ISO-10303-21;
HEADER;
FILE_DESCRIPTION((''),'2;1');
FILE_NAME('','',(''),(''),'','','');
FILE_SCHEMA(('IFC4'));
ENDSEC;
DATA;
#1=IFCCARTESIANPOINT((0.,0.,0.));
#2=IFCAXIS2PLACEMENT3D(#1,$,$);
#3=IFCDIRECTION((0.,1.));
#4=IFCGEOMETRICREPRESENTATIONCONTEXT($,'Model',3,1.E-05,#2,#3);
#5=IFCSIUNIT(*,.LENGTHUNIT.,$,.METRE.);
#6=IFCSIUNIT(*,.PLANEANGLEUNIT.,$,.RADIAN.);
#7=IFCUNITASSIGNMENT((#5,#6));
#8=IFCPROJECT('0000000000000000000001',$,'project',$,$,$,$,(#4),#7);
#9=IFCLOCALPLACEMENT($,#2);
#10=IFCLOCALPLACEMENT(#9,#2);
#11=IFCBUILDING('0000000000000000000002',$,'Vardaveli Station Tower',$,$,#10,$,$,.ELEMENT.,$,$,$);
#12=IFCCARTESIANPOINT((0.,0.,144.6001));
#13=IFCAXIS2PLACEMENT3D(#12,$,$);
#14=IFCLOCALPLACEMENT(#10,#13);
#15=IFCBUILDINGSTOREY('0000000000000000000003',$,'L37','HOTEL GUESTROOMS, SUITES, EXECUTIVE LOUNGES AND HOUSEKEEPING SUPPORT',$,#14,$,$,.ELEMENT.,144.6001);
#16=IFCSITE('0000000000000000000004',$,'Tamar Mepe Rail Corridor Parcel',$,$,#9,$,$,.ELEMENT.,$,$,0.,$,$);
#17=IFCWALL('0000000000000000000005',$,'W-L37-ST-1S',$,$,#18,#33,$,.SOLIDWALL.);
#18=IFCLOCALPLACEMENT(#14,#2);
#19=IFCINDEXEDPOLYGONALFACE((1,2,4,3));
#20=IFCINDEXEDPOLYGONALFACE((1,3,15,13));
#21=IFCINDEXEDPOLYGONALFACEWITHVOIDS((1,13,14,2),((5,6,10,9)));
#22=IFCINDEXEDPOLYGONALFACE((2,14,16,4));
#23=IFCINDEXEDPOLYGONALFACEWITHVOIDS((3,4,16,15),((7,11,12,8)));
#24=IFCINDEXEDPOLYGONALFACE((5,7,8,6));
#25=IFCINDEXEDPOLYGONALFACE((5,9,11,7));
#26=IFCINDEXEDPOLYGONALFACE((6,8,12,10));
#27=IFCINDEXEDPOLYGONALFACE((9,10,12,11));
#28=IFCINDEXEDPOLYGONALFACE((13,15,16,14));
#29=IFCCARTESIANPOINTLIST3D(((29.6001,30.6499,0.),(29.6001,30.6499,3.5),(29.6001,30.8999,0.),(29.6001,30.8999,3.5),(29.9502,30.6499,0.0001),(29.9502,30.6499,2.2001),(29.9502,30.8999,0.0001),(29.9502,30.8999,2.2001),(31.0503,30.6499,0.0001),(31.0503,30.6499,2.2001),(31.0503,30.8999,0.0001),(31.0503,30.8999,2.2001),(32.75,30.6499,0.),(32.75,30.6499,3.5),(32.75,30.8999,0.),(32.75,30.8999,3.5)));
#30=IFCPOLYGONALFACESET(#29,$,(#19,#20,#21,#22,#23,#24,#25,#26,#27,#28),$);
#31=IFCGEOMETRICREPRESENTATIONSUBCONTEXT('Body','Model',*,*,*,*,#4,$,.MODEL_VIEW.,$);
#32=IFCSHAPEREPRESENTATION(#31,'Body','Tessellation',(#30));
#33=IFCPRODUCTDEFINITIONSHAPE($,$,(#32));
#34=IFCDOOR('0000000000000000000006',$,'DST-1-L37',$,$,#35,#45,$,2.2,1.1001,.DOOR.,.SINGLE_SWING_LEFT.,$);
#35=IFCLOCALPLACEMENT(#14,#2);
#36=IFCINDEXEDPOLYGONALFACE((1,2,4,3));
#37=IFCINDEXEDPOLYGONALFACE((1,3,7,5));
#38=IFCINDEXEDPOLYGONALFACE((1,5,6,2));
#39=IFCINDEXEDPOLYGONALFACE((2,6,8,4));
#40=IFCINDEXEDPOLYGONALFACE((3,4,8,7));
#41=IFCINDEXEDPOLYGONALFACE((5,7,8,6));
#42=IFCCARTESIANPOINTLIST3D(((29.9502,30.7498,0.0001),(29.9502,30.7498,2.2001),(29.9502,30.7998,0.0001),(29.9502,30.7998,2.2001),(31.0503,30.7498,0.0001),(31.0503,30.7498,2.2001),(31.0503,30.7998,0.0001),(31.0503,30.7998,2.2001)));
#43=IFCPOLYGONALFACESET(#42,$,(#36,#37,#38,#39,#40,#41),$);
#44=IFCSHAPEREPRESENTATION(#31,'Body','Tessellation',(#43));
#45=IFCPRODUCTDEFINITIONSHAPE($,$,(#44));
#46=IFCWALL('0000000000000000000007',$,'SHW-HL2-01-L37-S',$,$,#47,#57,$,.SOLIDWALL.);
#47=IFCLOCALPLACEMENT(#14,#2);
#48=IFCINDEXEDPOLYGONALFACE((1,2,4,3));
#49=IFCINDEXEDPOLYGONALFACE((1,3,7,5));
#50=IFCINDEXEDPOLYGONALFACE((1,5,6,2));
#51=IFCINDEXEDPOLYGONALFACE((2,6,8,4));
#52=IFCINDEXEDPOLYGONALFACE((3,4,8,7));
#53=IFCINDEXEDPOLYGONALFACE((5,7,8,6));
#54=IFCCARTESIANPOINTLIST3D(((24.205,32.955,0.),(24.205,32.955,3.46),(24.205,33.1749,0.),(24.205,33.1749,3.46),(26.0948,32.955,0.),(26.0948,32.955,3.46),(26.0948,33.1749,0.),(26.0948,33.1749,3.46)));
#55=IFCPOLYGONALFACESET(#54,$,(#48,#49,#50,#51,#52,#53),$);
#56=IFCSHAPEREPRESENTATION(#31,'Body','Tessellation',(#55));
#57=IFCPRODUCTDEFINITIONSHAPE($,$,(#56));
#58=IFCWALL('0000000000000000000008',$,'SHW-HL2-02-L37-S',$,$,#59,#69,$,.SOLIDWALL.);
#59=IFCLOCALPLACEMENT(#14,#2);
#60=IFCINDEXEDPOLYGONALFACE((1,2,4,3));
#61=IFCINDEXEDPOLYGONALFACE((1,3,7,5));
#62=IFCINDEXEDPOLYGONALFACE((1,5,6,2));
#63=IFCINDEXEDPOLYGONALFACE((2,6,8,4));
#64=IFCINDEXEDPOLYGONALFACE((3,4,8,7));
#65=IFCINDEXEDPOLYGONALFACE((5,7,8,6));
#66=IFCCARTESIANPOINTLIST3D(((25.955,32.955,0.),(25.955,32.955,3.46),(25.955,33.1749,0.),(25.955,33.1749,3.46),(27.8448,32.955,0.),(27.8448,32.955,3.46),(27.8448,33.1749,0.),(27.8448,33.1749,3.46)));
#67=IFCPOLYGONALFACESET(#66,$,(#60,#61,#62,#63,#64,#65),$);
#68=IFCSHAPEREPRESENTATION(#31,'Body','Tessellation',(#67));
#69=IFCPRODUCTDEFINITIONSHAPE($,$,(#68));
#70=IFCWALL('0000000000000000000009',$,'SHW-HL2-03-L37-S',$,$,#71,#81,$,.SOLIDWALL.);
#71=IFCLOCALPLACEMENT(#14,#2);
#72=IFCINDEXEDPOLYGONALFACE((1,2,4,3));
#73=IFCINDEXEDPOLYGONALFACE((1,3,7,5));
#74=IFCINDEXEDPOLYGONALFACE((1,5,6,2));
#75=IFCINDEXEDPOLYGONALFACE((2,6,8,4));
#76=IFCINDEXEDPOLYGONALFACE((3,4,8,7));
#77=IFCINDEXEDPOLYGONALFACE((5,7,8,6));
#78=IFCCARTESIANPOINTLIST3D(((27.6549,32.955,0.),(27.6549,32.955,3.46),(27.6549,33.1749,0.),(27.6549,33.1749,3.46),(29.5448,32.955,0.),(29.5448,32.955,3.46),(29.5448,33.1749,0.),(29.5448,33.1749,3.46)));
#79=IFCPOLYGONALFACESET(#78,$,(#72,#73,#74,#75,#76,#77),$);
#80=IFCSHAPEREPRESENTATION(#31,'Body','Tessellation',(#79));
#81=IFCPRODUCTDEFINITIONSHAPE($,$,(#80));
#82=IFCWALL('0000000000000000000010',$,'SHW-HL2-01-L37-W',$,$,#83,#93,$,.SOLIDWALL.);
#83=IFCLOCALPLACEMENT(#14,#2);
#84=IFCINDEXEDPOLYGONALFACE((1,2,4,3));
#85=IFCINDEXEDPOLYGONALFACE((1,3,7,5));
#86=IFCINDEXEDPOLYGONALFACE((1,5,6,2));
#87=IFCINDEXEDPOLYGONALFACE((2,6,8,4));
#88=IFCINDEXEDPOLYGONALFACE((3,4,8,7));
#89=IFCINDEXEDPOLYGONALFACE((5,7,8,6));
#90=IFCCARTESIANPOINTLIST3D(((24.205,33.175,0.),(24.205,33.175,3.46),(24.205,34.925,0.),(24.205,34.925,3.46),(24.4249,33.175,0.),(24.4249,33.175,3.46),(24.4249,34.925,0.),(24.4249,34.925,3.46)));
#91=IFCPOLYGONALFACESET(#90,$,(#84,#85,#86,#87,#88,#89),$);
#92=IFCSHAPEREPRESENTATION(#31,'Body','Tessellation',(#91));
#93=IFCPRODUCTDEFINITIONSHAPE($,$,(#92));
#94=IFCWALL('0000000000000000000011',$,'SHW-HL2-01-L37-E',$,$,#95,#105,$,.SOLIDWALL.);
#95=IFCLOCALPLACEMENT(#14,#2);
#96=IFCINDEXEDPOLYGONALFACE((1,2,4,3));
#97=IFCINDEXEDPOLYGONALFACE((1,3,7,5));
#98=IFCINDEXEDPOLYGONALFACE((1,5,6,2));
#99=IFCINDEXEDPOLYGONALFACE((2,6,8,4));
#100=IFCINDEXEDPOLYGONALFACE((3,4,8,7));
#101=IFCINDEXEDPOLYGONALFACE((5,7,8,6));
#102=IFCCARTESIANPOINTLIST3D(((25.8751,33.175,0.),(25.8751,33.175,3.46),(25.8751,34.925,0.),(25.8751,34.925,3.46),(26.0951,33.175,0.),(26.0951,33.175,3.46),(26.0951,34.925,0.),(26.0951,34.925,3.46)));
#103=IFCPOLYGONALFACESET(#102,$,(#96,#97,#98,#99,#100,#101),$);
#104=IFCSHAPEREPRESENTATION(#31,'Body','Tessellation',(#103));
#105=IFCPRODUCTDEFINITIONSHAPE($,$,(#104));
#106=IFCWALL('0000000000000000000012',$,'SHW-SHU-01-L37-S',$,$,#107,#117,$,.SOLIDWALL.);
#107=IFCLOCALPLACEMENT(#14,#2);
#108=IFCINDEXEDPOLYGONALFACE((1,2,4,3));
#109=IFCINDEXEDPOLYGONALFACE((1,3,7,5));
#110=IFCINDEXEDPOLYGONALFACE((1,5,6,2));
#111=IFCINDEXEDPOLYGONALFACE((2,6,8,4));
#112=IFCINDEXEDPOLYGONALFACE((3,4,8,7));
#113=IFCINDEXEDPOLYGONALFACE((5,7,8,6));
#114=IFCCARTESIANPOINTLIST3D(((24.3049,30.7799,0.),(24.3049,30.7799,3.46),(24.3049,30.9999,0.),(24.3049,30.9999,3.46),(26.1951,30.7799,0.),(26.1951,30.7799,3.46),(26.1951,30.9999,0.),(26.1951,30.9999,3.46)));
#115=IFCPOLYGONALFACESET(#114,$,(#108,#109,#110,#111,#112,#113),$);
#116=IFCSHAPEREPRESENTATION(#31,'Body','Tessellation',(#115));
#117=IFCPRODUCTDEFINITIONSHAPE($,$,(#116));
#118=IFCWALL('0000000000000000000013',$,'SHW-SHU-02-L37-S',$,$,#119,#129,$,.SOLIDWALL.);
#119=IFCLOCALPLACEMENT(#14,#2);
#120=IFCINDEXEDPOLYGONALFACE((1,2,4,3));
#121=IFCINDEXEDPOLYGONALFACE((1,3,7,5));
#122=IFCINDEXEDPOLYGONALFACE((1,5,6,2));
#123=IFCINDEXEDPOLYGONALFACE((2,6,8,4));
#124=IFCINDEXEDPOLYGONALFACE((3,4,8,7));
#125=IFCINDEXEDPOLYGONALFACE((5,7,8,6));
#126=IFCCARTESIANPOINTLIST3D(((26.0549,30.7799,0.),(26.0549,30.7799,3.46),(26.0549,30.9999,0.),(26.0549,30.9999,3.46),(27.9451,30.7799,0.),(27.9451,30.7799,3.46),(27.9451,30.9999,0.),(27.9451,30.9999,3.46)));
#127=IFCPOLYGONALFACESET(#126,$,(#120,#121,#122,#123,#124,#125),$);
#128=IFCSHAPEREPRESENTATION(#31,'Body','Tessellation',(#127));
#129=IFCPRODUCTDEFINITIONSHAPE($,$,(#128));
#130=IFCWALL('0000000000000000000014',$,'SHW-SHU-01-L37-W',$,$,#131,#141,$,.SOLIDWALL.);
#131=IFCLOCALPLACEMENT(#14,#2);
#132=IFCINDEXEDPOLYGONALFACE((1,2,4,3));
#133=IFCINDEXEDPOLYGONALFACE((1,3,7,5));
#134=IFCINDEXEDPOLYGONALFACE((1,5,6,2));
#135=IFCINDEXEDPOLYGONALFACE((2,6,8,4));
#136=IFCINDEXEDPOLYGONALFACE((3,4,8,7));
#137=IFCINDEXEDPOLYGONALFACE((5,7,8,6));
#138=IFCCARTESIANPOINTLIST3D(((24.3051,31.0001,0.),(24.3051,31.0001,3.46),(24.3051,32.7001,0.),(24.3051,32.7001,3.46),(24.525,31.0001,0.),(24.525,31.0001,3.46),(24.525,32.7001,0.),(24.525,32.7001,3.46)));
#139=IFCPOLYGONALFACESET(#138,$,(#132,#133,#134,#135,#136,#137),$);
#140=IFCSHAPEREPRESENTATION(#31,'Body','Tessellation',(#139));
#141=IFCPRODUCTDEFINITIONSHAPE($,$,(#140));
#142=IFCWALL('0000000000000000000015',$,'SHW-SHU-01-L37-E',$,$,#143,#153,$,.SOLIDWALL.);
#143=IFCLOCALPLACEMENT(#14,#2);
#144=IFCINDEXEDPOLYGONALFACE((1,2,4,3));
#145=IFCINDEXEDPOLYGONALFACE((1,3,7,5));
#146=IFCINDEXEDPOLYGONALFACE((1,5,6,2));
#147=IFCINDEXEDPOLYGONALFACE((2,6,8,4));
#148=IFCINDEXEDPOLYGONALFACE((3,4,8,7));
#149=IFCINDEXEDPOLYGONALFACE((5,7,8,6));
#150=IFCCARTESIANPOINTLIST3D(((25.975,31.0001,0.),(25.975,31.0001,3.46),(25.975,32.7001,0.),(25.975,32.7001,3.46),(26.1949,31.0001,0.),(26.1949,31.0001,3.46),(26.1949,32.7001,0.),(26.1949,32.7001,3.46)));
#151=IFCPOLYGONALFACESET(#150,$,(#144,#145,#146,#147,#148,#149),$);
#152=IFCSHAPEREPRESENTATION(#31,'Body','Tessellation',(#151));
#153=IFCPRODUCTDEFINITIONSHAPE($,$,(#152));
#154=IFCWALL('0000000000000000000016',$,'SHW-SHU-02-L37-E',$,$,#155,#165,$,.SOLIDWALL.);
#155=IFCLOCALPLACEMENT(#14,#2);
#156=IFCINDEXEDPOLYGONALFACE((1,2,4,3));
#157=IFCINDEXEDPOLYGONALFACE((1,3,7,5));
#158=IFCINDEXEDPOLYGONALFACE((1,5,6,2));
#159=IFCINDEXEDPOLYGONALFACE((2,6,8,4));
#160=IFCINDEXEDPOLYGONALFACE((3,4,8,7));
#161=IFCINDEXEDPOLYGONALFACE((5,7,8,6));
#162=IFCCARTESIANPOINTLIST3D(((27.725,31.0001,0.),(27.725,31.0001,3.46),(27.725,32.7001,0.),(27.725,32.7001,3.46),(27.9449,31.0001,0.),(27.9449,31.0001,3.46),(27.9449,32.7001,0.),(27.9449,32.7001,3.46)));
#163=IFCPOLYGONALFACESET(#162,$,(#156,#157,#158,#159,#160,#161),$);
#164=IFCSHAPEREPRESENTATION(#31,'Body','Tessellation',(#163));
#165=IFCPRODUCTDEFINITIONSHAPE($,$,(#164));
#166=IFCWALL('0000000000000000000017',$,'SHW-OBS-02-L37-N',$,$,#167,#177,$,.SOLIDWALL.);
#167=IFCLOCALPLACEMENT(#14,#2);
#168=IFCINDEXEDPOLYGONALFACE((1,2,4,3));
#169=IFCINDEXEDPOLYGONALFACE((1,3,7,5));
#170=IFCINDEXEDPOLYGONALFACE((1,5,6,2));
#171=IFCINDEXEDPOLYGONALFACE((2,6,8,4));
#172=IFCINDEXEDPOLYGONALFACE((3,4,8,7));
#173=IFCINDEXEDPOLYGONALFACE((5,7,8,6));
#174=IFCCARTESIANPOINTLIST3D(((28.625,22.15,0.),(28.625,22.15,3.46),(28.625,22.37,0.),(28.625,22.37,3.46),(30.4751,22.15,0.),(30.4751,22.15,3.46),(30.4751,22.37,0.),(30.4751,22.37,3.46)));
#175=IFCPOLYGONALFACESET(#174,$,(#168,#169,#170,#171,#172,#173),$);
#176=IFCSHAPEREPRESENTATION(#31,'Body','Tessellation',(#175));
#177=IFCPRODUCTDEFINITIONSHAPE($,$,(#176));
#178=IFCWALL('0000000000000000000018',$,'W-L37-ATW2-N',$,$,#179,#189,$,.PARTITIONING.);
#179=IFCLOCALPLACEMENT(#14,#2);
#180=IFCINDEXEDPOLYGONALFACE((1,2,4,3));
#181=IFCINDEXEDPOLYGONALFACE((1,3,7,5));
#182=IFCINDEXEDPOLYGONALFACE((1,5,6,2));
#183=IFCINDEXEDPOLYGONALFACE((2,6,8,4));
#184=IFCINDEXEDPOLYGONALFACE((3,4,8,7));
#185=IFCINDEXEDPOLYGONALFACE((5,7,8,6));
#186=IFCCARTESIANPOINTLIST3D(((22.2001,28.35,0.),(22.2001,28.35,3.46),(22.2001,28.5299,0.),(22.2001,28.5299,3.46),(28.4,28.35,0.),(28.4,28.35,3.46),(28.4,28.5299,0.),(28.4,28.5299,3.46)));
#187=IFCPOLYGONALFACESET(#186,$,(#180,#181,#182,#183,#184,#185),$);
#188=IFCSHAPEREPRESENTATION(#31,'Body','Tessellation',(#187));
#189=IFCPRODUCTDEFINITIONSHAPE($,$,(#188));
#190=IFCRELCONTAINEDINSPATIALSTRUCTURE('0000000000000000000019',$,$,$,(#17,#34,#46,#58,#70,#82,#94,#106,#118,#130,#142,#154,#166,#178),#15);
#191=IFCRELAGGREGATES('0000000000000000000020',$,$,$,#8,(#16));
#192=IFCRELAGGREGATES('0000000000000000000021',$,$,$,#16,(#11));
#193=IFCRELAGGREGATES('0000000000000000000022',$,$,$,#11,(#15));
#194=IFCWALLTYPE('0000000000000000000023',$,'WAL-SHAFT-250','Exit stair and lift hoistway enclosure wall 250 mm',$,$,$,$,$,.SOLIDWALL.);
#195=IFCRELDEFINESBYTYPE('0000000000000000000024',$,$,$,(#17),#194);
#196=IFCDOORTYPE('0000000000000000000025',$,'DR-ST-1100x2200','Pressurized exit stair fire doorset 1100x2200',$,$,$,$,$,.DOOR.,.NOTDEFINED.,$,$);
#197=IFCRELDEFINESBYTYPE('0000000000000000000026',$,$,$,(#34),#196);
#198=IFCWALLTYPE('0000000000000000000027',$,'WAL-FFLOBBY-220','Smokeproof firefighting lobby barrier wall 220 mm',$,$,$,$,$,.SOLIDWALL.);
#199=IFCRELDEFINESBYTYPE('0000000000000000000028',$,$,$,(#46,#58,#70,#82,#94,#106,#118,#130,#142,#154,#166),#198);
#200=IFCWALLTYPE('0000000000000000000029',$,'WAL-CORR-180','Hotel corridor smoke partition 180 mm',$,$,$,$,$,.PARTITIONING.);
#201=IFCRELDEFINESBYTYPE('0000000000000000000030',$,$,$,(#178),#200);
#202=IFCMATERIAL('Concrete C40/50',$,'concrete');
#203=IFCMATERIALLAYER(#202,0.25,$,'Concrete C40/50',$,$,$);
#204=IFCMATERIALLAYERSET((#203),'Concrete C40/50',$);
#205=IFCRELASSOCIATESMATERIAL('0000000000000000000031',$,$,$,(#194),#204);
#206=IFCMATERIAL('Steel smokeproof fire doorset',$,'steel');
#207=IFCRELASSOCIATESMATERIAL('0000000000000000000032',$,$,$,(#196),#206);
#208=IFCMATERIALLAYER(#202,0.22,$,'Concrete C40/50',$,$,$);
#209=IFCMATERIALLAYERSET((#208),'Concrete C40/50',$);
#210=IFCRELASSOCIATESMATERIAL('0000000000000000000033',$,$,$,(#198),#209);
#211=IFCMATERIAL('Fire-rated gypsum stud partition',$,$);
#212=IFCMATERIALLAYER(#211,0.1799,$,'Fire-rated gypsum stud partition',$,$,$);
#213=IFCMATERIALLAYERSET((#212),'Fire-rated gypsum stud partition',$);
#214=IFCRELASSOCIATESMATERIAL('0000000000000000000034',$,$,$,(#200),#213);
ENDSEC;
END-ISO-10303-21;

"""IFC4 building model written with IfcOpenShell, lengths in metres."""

from ifc_helpers import new_model, si_unit, direction, frame, frame_2d, origin, place, context, subcontext, project, spatial, rectangle, extrude, source, transform, mapped, material, layer, layer_set, type_object, element, fill, save


model = new_model("IFC4")

# Units and contexts
model_context = context("Model", 3, precision=1e-05, world=origin(), true_north=direction((0.0, 1.0)))
body_context = subcontext(model_context, "Body", "Model", "MODEL_VIEW")
ifc_project = project(units=[si_unit("LENGTHUNIT", "METRE"), si_unit("PLANEANGLEUNIT", "RADIAN")], contexts=[model_context])

# Site, building, storey
site_placement = place(None, origin())
site = spatial("IfcSite", under=ifc_project, at=site_placement, Name="Tamar Mepe Rail Corridor Parcel", CompositionType="ELEMENT", RefElevation=0.0)
building_placement = place(site_placement, origin())
building = spatial("IfcBuilding", under=site, at=building_placement, Name="Vardaveli Station Tower", CompositionType="ELEMENT")
storey_placement = place(building_placement, frame((0.0, 0.0, 144.6001)))
storey = spatial("IfcBuildingStorey", under=building, at=storey_placement, Name="L37", Description="HOTEL GUESTROOMS, SUITES, EXECUTIVE LOUNGES AND HOUSEKEEPING SUPPORT", CompositionType="ELEMENT", Elevation=144.6001)

# Shared definitions
ifc_material_1 = material(Name="Concrete C40/50", Category="concrete")
ifc_layer_1 = layer(ifc_material_1, 0.25, Name="Concrete C40/50")
ifc_layer_set_1 = layer_set([ifc_layer_1], Name="Concrete C40/50")
wall_type_1 = type_object("IfcWallType", Name="WAL-SHAFT-250", Description="Exit stair and lift hoistway enclosure wall 250 mm", PredefinedType="SOLIDWALL", material=ifc_layer_set_1)

# Wall, opening, door
shared_shape_1 = source(origin(), body_context, "Body", "SweptSolid", [
    extrude(rectangle(XDim=3.1499, YDim=0.25, at=frame_2d((1.575, 0.0))), origin(), (0.0, 0.0, 1.0), 3.5),
])
wall_1_placement = place(storey_placement, frame((29.6001, 30.7749, 0.0), z_axis=(0.0, 0.0, 1.0), x_axis=(1.0, 0.0, 0.0)))
wall_1 = element("IfcWall", 1, at=wall_1_placement, inside=storey, type_object=wall_type_1, Name="W-L37-ST-1S", PredefinedType="SOLIDWALL", context=body_context, shape_type="MappedRepresentation", body=[
    mapped(shared_shape_1, transform((0.0, 0.0, 0.0), scale=1.0)),
])
shared_shape_2 = source(origin(), body_context, "Body", "SweptSolid", [
    extrude(rectangle(XDim=1.1001, YDim=2.2, at=frame_2d((0.55, 1.1001))), frame((0.0, 0.135, 0.0), z_axis=(0.0, -1.0, 0.0), x_axis=(1.0, 0.0, 0.0)), (0.0, 0.0, 1.0), 0.27),
])
opening_1_placement = place(wall_1_placement, frame((0.3501, 0.0, 0.0)))
opening_1 = element("IfcOpeningElement", 2, at=opening_1_placement, cuts=wall_1, PredefinedType="OPENING", context=body_context, shape_type="MappedRepresentation", body=[
    mapped(shared_shape_2, transform((0.0, 0.0, 0.0), scale=1.0)),
])
ifc_material_2 = material(Name="Steel smokeproof fire doorset", Category="steel")
door_type_1 = type_object("IfcDoorType", Name="DR-ST-1100x2200", Description="Pressurized exit stair fire doorset 1100x2200", OperationType="NOTDEFINED", PredefinedType="DOOR", material=ifc_material_2)
shared_shape_3 = source(origin(), body_context, "Body", "SweptSolid", [
    extrude(rectangle(XDim=1.1001, YDim=2.2, at=frame_2d((0.55, 1.1001))), frame((0.0, 0.0249, 0.0), z_axis=(0.0, -1.0, 0.0), x_axis=(1.0, 0.0, 0.0)), (0.0, 0.0, 1.0), 0.05),
])
door_1_placement = place(opening_1_placement, origin())
door_1 = element("IfcDoor", 3, at=door_1_placement, inside=storey, type_object=door_type_1, Name="DST-1-L37", OperationType="SINGLE_SWING_LEFT", OverallHeight=2.2, OverallWidth=1.1001, PredefinedType="DOOR", context=body_context, shape_type="MappedRepresentation", body=[
    mapped(shared_shape_3, transform((0.0, 0.0, 0.0), scale=1.0)),
])
fill(opening_1, door_1)

# Walls
ifc_layer_2 = layer(ifc_material_1, 0.22, Name="Concrete C40/50")
ifc_layer_set_2 = layer_set([ifc_layer_2], Name="Concrete C40/50")
wall_type_2 = type_object("IfcWallType", Name="WAL-FFLOBBY-220", Description="Smokeproof firefighting lobby barrier wall 220 mm", PredefinedType="SOLIDWALL", material=ifc_layer_set_2)
shared_shape_4 = source(origin(), body_context, "Body", "SweptSolid", [
    extrude(rectangle(XDim=1.8899, YDim=0.22, at=frame_2d((0.9448, 0.0))), origin(), (0.0, 0.0, 1.0), 3.46),
])
for number, where, z_axis, x_axis, name in (
    (4, (24.2051, 33.0649, 0.0), (0.0, 0.0, 1.0), (1.0, 0.0, 0.0), "SHW-HL2-01-L37-S"),
    (5, (25.9551, 33.0649, 0.0), (0.0, 0.0, 1.0), (1.0, 0.0, 0.0), "SHW-HL2-02-L37-S"),
    (6, (27.655, 33.0649, 0.0), (0.0, 0.0, 1.0), (1.0, 0.0, 0.0), "SHW-HL2-03-L37-S"),
):
    element("IfcWall", number, at=place(storey_placement, frame(where, z_axis=z_axis, x_axis=x_axis)), inside=storey, type_object=wall_type_2, Name=name, PredefinedType="SOLIDWALL", context=body_context, shape_type="MappedRepresentation", body=[
        mapped(shared_shape_4, transform((0.0, 0.0, 0.0), scale=1.0)),
    ])
shared_shape_5 = source(origin(), body_context, "Body", "SweptSolid", [
    extrude(rectangle(XDim=1.75, YDim=0.22, at=frame_2d((0.875, 0.0))), origin(), (0.0, 0.0, 1.0), 3.46),
])
for number, where, z_axis, x_axis, name in (
    (7, (24.3149, 33.175, 0.0), (0.0, 0.0, 1.0), (0.0, 1.0, 0.0), "SHW-HL2-01-L37-W"),
    (8, (25.9851, 33.175, 0.0), (0.0, 0.0, 1.0), (0.0, 1.0, 0.0), "SHW-HL2-01-L37-E"),
):
    element("IfcWall", number, at=place(storey_placement, frame(where, z_axis=z_axis, x_axis=x_axis)), inside=storey, type_object=wall_type_2, Name=name, PredefinedType="SOLIDWALL", context=body_context, shape_type="MappedRepresentation", body=[
        mapped(shared_shape_5, transform((0.0, 0.0, 0.0), scale=1.0)),
    ])
shared_shape_6 = source(origin(), body_context, "Body", "SweptSolid", [
    extrude(rectangle(XDim=1.8901, YDim=0.22, at=frame_2d((0.9451, 0.0))), origin(), (0.0, 0.0, 1.0), 3.46),
])
for number, where, z_axis, x_axis, name in (
    (9, (24.3049, 30.8899, 0.0), (0.0, 0.0, 1.0), (1.0, 0.0, 0.0), "SHW-SHU-01-L37-S"),
    (10, (26.0549, 30.8899, 0.0), (0.0, 0.0, 1.0), (1.0, 0.0, 0.0), "SHW-SHU-02-L37-S"),
):
    element("IfcWall", number, at=place(storey_placement, frame(where, z_axis=z_axis, x_axis=x_axis)), inside=storey, type_object=wall_type_2, Name=name, PredefinedType="SOLIDWALL", context=body_context, shape_type="MappedRepresentation", body=[
        mapped(shared_shape_6, transform((0.0, 0.0, 0.0), scale=1.0)),
    ])
shared_shape_7 = source(origin(), body_context, "Body", "SweptSolid", [
    extrude(rectangle(XDim=1.7, YDim=0.22, at=frame_2d((0.8501, 0.0))), origin(), (0.0, 0.0, 1.0), 3.46),
])
for number, where, z_axis, x_axis, name in (
    (11, (24.415, 31.0, 0.0), (0.0, 0.0, 1.0), (0.0, 1.0, 0.0), "SHW-SHU-01-L37-W"),
    (12, (26.085, 31.0, 0.0), (0.0, 0.0, 1.0), (0.0, 1.0, 0.0), "SHW-SHU-01-L37-E"),
    (13, (27.835, 31.0, 0.0), (0.0, 0.0, 1.0), (0.0, 1.0, 0.0), "SHW-SHU-02-L37-E"),
):
    element("IfcWall", number, at=place(storey_placement, frame(where, z_axis=z_axis, x_axis=x_axis)), inside=storey, type_object=wall_type_2, Name=name, PredefinedType="SOLIDWALL", context=body_context, shape_type="MappedRepresentation", body=[
        mapped(shared_shape_7, transform((0.0, 0.0, 0.0), scale=1.0)),
    ])
shared_shape_8 = source(origin(), body_context, "Body", "SweptSolid", [
    extrude(rectangle(XDim=1.8501, YDim=0.22, at=frame_2d((0.925, 0.0))), origin(), (0.0, 0.0, 1.0), 3.46),
])
wall_2_placement = place(storey_placement, frame((28.625, 22.26, 0.0), z_axis=(0.0, 0.0, 1.0), x_axis=(1.0, 0.0, 0.0)))
element("IfcWall", 14, at=wall_2_placement, inside=storey, type_object=wall_type_2, Name="SHW-OBS-02-L37-N", PredefinedType="SOLIDWALL", context=body_context, shape_type="MappedRepresentation", body=[
    mapped(shared_shape_8, transform((0.0, 0.0, 0.0), scale=1.0)),
])
ifc_material_3 = material(Name="Fire-rated gypsum stud partition")
ifc_layer_3 = layer(ifc_material_3, 0.1799, Name="Fire-rated gypsum stud partition")
ifc_layer_set_3 = layer_set([ifc_layer_3], Name="Fire-rated gypsum stud partition")
wall_type_3 = type_object("IfcWallType", Name="WAL-CORR-180", Description="Hotel corridor smoke partition 180 mm", PredefinedType="PARTITIONING", material=ifc_layer_set_3)
shared_shape_9 = source(origin(), body_context, "Body", "SweptSolid", [
    extrude(rectangle(XDim=6.2, YDim=0.1799, at=frame_2d((3.1001, 0.0))), origin(), (0.0, 0.0, 1.0), 3.46),
])
wall_3_placement = place(storey_placement, frame((22.2, 28.4399, 0.0), z_axis=(0.0, 0.0, 1.0), x_axis=(1.0, 0.0, 0.0)))
element("IfcWall", 15, at=wall_3_placement, inside=storey, type_object=wall_type_3, Name="W-L37-ATW2-N", PredefinedType="PARTITIONING", context=body_context, shape_type="MappedRepresentation", body=[
    mapped(shared_shape_9, transform((0.0, 0.0, 0.0), scale=1.0)),
])

save(model, "model.ifc")
